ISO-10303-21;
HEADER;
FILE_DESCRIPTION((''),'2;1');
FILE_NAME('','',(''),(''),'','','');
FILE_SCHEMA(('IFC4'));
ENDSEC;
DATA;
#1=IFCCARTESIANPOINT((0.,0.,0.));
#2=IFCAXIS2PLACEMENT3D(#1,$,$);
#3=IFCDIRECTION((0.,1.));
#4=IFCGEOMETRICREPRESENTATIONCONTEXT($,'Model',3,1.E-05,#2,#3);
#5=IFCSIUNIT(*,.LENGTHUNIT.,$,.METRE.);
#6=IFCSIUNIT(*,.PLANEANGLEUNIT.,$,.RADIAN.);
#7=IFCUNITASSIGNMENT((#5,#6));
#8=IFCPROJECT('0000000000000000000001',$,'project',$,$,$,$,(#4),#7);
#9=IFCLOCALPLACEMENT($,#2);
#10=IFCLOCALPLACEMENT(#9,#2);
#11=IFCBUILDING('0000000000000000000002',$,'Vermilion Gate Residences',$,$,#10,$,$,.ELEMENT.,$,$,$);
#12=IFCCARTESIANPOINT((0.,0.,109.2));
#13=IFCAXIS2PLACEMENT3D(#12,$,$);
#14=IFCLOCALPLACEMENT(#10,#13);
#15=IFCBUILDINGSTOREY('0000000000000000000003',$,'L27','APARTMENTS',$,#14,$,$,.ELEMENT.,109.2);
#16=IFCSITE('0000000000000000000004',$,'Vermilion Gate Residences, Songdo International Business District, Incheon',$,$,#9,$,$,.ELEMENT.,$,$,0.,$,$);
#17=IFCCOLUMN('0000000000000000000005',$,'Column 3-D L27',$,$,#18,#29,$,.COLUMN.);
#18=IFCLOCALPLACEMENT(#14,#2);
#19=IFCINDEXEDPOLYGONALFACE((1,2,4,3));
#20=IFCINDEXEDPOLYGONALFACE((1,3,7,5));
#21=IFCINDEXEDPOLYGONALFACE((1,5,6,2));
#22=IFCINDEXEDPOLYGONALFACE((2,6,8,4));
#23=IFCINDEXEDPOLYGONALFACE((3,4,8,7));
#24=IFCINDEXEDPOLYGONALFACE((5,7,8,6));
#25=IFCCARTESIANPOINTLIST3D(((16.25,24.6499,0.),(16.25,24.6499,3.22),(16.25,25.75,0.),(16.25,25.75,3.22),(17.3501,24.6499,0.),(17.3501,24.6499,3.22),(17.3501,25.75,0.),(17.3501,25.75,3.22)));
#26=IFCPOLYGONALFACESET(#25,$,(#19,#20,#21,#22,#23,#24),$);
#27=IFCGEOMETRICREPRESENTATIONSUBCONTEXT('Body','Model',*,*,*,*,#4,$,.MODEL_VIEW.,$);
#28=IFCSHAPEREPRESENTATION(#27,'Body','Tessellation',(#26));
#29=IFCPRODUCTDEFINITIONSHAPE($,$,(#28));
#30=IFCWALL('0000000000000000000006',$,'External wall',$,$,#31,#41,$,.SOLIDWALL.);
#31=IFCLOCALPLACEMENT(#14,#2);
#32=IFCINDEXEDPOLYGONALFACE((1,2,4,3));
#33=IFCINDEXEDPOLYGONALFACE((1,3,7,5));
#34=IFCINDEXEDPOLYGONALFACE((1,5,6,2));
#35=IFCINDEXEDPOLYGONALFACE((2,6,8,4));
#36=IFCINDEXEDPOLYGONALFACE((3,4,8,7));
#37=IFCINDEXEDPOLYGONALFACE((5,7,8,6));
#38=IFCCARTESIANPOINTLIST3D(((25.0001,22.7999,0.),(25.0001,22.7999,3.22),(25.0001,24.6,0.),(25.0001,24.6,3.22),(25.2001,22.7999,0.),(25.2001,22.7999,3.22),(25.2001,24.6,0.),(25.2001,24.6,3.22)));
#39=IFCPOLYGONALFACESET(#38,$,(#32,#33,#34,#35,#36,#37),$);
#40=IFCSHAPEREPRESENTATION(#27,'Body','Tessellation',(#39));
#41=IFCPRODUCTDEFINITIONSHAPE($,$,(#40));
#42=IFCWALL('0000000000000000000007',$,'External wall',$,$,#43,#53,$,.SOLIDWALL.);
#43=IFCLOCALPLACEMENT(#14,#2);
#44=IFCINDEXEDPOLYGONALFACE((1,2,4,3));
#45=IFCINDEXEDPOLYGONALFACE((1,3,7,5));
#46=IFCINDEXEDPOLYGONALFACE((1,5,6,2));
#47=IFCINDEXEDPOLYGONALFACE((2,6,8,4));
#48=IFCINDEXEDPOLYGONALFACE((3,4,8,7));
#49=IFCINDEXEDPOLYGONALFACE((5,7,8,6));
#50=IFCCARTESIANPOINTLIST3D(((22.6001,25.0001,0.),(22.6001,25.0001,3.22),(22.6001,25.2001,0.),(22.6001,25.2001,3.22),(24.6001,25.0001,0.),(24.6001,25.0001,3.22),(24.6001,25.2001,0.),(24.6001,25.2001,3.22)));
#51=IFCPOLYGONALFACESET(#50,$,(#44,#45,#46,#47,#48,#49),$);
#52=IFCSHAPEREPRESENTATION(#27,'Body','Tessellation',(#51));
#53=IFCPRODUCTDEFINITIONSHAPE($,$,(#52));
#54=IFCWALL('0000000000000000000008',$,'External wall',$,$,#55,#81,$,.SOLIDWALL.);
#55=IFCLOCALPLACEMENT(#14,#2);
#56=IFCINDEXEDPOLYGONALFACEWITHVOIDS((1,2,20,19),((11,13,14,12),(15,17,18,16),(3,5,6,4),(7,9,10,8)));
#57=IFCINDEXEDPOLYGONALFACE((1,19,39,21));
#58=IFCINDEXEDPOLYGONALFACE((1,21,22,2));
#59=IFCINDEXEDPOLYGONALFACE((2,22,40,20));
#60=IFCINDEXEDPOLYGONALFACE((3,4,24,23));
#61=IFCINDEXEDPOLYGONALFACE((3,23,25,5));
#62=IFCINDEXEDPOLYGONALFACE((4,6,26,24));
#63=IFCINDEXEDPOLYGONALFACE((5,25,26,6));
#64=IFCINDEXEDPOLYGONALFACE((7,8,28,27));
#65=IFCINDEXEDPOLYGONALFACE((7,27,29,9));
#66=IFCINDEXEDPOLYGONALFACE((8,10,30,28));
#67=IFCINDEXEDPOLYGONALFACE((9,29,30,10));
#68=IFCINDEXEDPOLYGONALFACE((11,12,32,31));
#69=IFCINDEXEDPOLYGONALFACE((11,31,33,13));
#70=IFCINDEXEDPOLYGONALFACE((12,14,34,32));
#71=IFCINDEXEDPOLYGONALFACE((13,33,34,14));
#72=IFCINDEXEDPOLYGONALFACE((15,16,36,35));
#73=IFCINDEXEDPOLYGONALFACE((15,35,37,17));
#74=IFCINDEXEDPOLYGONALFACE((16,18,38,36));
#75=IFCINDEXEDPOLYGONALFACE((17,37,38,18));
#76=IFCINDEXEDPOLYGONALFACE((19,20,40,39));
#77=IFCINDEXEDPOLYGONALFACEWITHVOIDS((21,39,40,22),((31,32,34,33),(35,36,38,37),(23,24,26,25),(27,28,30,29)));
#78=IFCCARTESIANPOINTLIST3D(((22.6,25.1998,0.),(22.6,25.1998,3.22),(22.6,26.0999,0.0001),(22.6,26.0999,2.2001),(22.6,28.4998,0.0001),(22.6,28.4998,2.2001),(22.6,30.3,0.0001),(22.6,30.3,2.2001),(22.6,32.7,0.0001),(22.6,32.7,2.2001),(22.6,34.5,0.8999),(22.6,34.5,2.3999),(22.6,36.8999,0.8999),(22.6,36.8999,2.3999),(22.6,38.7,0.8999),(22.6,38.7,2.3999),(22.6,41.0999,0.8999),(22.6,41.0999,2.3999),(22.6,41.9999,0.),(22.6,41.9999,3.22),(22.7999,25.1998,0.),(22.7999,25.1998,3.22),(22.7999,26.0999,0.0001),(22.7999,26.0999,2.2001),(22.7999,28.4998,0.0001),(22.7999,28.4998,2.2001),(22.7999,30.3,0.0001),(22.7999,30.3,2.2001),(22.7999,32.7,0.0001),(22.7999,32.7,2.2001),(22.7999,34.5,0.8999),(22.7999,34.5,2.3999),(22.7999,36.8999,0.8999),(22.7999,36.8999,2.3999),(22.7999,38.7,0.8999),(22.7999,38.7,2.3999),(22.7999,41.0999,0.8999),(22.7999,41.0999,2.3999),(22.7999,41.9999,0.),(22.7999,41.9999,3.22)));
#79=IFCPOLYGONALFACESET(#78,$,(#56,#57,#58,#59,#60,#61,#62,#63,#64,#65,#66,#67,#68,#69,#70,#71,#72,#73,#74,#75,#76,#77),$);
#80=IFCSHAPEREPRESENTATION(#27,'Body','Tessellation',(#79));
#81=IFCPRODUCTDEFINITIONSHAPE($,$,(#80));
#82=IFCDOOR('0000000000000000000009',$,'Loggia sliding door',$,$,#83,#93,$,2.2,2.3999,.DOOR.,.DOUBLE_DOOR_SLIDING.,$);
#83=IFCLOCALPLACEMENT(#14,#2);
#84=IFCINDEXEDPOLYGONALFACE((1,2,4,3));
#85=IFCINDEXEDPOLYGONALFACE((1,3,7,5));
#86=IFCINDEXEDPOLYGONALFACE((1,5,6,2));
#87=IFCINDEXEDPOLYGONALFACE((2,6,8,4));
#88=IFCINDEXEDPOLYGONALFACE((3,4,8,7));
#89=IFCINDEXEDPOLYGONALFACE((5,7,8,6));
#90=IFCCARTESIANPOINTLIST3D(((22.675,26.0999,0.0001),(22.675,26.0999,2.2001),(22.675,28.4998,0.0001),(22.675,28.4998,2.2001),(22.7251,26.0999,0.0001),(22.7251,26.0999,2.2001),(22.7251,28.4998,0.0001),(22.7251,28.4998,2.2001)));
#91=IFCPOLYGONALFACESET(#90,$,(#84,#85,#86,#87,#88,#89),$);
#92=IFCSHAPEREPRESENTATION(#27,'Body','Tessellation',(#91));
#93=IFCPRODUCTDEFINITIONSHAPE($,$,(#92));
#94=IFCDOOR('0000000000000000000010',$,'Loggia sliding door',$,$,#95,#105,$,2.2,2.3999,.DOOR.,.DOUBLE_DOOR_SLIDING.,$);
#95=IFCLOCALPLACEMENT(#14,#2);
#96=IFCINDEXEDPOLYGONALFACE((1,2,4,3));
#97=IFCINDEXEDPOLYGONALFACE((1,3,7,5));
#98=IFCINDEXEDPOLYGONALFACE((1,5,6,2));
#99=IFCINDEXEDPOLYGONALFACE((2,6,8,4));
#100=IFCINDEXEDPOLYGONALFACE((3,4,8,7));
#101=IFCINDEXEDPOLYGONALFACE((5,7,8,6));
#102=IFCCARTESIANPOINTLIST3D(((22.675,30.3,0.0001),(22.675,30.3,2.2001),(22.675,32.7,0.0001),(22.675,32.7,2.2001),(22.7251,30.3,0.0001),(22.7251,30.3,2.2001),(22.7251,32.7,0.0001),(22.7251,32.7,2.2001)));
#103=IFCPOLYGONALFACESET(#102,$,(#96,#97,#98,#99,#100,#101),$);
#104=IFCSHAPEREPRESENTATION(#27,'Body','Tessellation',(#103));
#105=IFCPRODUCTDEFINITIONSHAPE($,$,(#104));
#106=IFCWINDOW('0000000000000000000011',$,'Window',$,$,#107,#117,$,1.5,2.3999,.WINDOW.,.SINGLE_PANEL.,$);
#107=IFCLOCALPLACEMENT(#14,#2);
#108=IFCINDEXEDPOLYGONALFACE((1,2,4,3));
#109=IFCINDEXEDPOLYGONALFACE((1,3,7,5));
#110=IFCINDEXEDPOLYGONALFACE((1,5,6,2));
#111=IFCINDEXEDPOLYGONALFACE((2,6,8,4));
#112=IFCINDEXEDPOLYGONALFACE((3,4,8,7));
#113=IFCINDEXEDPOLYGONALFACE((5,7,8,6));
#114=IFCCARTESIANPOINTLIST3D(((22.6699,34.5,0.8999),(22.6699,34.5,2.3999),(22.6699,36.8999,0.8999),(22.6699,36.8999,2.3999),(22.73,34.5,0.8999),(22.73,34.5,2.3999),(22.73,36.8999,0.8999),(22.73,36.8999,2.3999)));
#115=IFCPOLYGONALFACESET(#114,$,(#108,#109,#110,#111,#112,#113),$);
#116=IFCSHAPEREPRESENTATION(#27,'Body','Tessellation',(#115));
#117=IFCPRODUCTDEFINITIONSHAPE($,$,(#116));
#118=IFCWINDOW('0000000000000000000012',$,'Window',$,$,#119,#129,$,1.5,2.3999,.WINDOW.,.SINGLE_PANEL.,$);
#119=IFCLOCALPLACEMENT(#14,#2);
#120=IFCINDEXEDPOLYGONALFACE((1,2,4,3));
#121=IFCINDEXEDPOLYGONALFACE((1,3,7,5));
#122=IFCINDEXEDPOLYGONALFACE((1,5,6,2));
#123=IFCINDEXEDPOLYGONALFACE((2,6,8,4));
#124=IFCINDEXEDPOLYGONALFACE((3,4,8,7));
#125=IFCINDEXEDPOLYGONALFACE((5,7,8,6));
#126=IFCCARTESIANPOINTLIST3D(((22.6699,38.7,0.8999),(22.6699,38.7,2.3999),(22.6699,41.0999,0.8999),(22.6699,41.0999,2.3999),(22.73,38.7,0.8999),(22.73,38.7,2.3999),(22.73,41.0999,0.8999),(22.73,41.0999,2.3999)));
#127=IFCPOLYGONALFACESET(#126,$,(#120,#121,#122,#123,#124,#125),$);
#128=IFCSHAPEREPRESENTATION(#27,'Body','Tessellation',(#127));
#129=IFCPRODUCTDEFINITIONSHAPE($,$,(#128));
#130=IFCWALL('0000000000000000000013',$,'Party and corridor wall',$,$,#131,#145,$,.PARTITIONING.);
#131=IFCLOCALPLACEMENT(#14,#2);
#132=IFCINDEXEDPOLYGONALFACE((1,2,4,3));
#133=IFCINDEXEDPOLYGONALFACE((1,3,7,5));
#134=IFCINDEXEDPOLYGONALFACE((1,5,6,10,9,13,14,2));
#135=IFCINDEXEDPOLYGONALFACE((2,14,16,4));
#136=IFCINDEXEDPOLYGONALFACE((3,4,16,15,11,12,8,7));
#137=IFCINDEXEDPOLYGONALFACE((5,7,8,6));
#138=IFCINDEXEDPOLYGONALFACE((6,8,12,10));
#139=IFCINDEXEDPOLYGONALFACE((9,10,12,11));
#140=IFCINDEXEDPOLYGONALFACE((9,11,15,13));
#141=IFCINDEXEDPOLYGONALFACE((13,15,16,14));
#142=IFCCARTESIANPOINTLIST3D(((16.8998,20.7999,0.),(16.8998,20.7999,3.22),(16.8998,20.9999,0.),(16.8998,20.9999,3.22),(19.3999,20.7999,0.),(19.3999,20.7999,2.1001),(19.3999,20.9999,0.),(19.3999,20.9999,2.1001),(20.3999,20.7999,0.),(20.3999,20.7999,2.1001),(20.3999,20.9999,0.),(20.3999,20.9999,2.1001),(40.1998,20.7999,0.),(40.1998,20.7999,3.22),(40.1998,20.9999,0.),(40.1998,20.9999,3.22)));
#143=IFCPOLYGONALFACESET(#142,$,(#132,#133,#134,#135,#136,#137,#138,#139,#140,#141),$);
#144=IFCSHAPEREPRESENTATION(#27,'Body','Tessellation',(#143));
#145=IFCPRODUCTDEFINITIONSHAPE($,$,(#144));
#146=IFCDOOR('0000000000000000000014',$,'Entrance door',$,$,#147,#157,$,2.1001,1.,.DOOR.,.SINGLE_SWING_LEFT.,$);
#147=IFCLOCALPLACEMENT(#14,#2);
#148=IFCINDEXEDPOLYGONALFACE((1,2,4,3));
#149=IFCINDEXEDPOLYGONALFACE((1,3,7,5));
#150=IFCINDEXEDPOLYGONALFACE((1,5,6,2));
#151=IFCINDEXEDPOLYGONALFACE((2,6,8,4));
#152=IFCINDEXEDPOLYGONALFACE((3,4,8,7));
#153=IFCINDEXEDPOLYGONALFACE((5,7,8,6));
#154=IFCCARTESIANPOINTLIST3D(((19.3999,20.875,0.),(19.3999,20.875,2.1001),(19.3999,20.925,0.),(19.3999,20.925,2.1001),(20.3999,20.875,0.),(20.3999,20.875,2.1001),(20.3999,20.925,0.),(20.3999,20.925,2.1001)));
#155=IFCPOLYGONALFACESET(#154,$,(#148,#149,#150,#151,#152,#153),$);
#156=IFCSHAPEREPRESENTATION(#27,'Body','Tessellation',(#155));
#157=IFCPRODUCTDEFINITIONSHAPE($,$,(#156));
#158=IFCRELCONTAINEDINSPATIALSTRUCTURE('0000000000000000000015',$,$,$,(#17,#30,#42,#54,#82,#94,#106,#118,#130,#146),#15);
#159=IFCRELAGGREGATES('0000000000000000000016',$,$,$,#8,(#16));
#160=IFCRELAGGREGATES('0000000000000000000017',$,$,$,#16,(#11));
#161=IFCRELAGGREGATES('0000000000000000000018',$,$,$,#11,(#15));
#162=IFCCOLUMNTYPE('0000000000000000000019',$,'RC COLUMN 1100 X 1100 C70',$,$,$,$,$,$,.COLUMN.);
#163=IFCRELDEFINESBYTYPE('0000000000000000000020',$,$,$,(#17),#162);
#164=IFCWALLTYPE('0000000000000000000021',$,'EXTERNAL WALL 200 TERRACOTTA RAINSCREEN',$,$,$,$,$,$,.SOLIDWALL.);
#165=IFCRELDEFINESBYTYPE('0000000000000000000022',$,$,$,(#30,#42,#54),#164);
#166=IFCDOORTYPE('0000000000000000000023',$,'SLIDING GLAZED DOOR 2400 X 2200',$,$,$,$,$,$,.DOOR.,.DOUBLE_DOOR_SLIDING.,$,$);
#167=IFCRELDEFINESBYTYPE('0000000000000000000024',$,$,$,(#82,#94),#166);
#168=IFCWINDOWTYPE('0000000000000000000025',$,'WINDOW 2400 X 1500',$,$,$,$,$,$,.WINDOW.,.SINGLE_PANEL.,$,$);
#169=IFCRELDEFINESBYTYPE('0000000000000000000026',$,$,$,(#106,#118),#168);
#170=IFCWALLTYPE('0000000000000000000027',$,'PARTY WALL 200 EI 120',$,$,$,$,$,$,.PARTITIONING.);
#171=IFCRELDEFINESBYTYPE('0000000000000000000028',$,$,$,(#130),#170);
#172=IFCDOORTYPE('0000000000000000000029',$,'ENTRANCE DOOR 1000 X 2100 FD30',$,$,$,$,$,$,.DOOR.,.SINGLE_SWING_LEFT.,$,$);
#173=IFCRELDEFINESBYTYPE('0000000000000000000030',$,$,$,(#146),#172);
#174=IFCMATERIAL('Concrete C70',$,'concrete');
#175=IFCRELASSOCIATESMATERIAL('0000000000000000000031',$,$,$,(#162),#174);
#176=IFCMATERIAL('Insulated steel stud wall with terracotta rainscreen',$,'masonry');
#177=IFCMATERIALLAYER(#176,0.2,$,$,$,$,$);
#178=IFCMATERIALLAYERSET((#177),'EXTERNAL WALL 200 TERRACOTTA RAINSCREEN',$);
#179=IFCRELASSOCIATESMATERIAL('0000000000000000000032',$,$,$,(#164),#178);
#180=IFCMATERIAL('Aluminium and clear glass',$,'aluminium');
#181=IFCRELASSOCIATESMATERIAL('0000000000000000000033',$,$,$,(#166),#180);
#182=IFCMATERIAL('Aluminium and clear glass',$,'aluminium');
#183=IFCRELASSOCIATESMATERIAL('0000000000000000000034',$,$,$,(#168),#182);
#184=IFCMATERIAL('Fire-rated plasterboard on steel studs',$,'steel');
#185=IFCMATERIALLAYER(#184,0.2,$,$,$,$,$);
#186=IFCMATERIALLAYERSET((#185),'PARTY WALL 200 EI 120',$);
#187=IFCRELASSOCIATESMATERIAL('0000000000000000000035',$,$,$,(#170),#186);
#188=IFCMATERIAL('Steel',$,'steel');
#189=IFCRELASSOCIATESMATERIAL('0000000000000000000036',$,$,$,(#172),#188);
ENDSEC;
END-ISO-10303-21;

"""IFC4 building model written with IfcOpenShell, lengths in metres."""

from ifc_helpers import new_model, si_unit, direction, frame, frame_2d, origin, origin_2d, place, context, subcontext, project, spatial, rectangle, extrude, material, layer, layer_set, material_profile, profile_set, type_object, element, fill, save


model = new_model("IFC4")

# Units and contexts
model_context = context("Model", 3, precision=1e-05, world=origin(), true_north=direction((0.0, 1.0)))
body_context = subcontext(model_context, "Body", "Model", "MODEL_VIEW")
ifc_project = project(units=[si_unit("LENGTHUNIT", "METRE"), si_unit("PLANEANGLEUNIT", "RADIAN")], contexts=[model_context])

# Site, building, storey
site_placement = place(None, origin())
site = spatial("IfcSite", under=ifc_project, at=site_placement, Name="Vermilion Gate Residences, Songdo International Business District, Incheon", CompositionType="ELEMENT", RefElevation=0.0)
building_placement = place(site_placement, origin())
building = spatial("IfcBuilding", under=site, at=building_placement, Name="Vermilion Gate Residences", CompositionType="ELEMENT")
storey_placement = place(building_placement, frame((0.0, 0.0, 109.2)))
storey = spatial("IfcBuildingStorey", under=building, at=storey_placement, Name="L27", Description="APARTMENTS", CompositionType="ELEMENT", Elevation=109.2)

# Column
ifc_material_1 = material(Name="Concrete C70", Category="concrete")
ifc_material_profile = material_profile(ifc_material_1, rectangle(XDim=1.1001, YDim=1.1001, at=origin_2d()), Name="RC-1100x1100")
ifc_profile_set = profile_set([ifc_material_profile], Name="Concrete C70")
column_type = type_object("IfcColumnType", Name="RC COLUMN 1100 X 1100 C70", PredefinedType="COLUMN", material=ifc_profile_set)
column_placement = place(storey_placement, frame((16.8, 25.2, 0.0), z_axis=(0.0, 0.0, 1.0), x_axis=(1.0, 0.0, 0.0)))
element("IfcColumn", 1, at=column_placement, inside=storey, type_object=column_type, Name="Column 3-D L27", PredefinedType="COLUMN", context=body_context, shape_type="SweptSolid", body=[
    extrude(rectangle(XDim=1.1001, YDim=1.1001, at=origin_2d()), origin(), (0.0, 0.0, 1.0), 3.22),
])

# Walls
ifc_material_2 = material(Name="Insulated steel stud wall with terracotta rainscreen", Category="masonry")
ifc_layer_1 = layer(ifc_material_2, 0.2)
ifc_layer_set_1 = layer_set([ifc_layer_1], Name="EXTERNAL WALL 200 TERRACOTTA RAINSCREEN")
wall_type_1 = type_object("IfcWallType", Name="EXTERNAL WALL 200 TERRACOTTA RAINSCREEN", PredefinedType="SOLIDWALL", material=ifc_layer_set_1)
wall_1_placement = place(storey_placement, frame((25.1001, 22.8, 0.0), z_axis=(0.0, 0.0, 1.0), x_axis=(0.0, 1.0, 0.0)))
element("IfcWall", 2, at=wall_1_placement, inside=storey, type_object=wall_type_1, Name="External wall", PredefinedType="SOLIDWALL", context=body_context, shape_type="SweptSolid", body=[
    extrude(rectangle(XDim=1.8, YDim=0.2, at=frame_2d((0.8999, 0.0))), origin(), (0.0, 0.0, 1.0), 3.22),
])
wall_2_placement = place(storey_placement, frame((24.6001, 25.1001, 0.0), z_axis=(0.0, 0.0, 1.0), x_axis=(-1.0, 0.0, 0.0)))
element("IfcWall", 3, at=wall_2_placement, inside=storey, type_object=wall_type_1, Name="External wall", PredefinedType="SOLIDWALL", context=body_context, shape_type="SweptSolid", body=[
    extrude(rectangle(XDim=2.0, YDim=0.2, at=frame_2d((1.0, 0.0))), origin(), (0.0, 0.0, 1.0), 3.22),
])

# Wall, openings, doors, windows
wall_3_placement = place(storey_placement, frame((22.7, 25.2, 0.0), z_axis=(0.0, 0.0, 1.0), x_axis=(0.0, 1.0, 0.0)))
wall_3 = element("IfcWall", 4, at=wall_3_placement, inside=storey, type_object=wall_type_1, Name="External wall", PredefinedType="SOLIDWALL", context=body_context, shape_type="SweptSolid", body=[
    extrude(rectangle(XDim=16.8, YDim=0.2, at=frame_2d((8.3999, 0.0))), origin(), (0.0, 0.0, 1.0), 3.22),
])
opening_1_placement = place(wall_3_placement, frame((0.8999, 0.0, 0.0)))
opening_1 = element("IfcOpeningElement", 5, at=opening_1_placement, cuts=wall_3, PredefinedType="OPENING", context=body_context, shape_type="SweptSolid", body=[
    extrude(rectangle(XDim=2.3999, YDim=2.2, at=frame_2d((1.2, 1.1001))), frame((0.0, 0.1099, 0.0), z_axis=(0.0, -1.0, 0.0), x_axis=(1.0, 0.0, 0.0)), (0.0, 0.0, 1.0), 0.22),
])
opening_2_placement = place(wall_3_placement, frame((5.1001, 0.0, 0.0)))
opening_2 = element("IfcOpeningElement", 6, at=opening_2_placement, cuts=wall_3, PredefinedType="OPENING", context=body_context, shape_type="SweptSolid", body=[
    extrude(rectangle(XDim=2.3999, YDim=2.2, at=frame_2d((1.2, 1.1001))), frame((0.0, 0.1099, 0.0), z_axis=(0.0, -1.0, 0.0), x_axis=(1.0, 0.0, 0.0)), (0.0, 0.0, 1.0), 0.22),
])
opening_3_placement = place(wall_3_placement, frame((9.3, 0.0, 0.8999)))
opening_3 = element("IfcOpeningElement", 7, at=opening_3_placement, cuts=wall_3, PredefinedType="OPENING", context=body_context, shape_type="SweptSolid", body=[
    extrude(rectangle(XDim=2.3999, YDim=1.5, at=frame_2d((1.2, 0.75))), frame((0.0, 0.1099, 0.0), z_axis=(0.0, -1.0, 0.0), x_axis=(1.0, 0.0, 0.0)), (0.0, 0.0, 1.0), 0.22),
])
opening_4_placement = place(wall_3_placement, frame((13.5, 0.0, 0.8999)))
opening_4 = element("IfcOpeningElement", 8, at=opening_4_placement, cuts=wall_3, PredefinedType="OPENING", context=body_context, shape_type="SweptSolid", body=[
    extrude(rectangle(XDim=2.3999, YDim=1.5, at=frame_2d((1.2, 0.75))), frame((0.0, 0.1099, 0.0), z_axis=(0.0, -1.0, 0.0), x_axis=(1.0, 0.0, 0.0)), (0.0, 0.0, 1.0), 0.22),
])
ifc_material_3 = material(Name="Aluminium and clear glass", Category="aluminium")
door_type_1 = type_object("IfcDoorType", Name="SLIDING GLAZED DOOR 2400 X 2200", OperationType="DOUBLE_DOOR_SLIDING", PredefinedType="DOOR", material=ifc_material_3)
door_1_placement = place(opening_1_placement, origin())
door_1 = element("IfcDoor", 9, at=door_1_placement, inside=storey, type_object=door_type_1, Name="Loggia sliding door", OperationType="DOUBLE_DOOR_SLIDING", OverallHeight=2.2, OverallWidth=2.3999, PredefinedType="DOOR", context=body_context, shape_type="SweptSolid", body=[
    extrude(rectangle(XDim=2.3999, YDim=2.2, at=frame_2d((1.2, 1.1001))), frame((0.0, 0.0249, 0.0), z_axis=(0.0, -1.0, 0.0), x_axis=(1.0, 0.0, 0.0)), (0.0, 0.0, 1.0), 0.05),
])
fill(opening_1, door_1)
door_2_placement = place(opening_2_placement, origin())
door_2 = element("IfcDoor", 10, at=door_2_placement, inside=storey, type_object=door_type_1, Name="Loggia sliding door", OperationType="DOUBLE_DOOR_SLIDING", OverallHeight=2.2, OverallWidth=2.3999, PredefinedType="DOOR", context=body_context, shape_type="SweptSolid", body=[
    extrude(rectangle(XDim=2.3999, YDim=2.2, at=frame_2d((1.2, 1.1001))), frame((0.0, 0.0249, 0.0), z_axis=(0.0, -1.0, 0.0), x_axis=(1.0, 0.0, 0.0)), (0.0, 0.0, 1.0), 0.05),
])
fill(opening_2, door_2)
ifc_material_4 = material(Name="Aluminium and clear glass", Category="aluminium")
window_type = type_object("IfcWindowType", Name="WINDOW 2400 X 1500", PartitioningType="SINGLE_PANEL", PredefinedType="WINDOW", material=ifc_material_4)
window_1_placement = place(opening_3_placement, origin())
window_1 = element("IfcWindow", 11, at=window_1_placement, inside=storey, type_object=window_type, Name="Window", OverallHeight=1.5, OverallWidth=2.3999, PartitioningType="SINGLE_PANEL", PredefinedType="WINDOW", context=body_context, shape_type="SweptSolid", body=[
    extrude(rectangle(XDim=2.3999, YDim=1.5, at=frame_2d((1.2, 0.75))), frame((0.0, 0.03, 0.0), z_axis=(0.0, -1.0, 0.0), x_axis=(1.0, 0.0, 0.0)), (0.0, 0.0, 1.0), 0.0601),
])
fill(opening_3, window_1)
window_2_placement = place(opening_4_placement, origin())
window_2 = element("IfcWindow", 12, at=window_2_placement, inside=storey, type_object=window_type, Name="Window", OverallHeight=1.5, OverallWidth=2.3999, PartitioningType="SINGLE_PANEL", PredefinedType="WINDOW", context=body_context, shape_type="SweptSolid", body=[
    extrude(rectangle(XDim=2.3999, YDim=1.5, at=frame_2d((1.2, 0.75))), frame((0.0, 0.03, 0.0), z_axis=(0.0, -1.0, 0.0), x_axis=(1.0, 0.0, 0.0)), (0.0, 0.0, 1.0), 0.0601),
])
fill(opening_4, window_2)

# Wall, opening, door
ifc_material_5 = material(Name="Fire-rated plasterboard on steel studs", Category="steel")
ifc_layer_2 = layer(ifc_material_5, 0.2)
ifc_layer_set_2 = layer_set([ifc_layer_2], Name="PARTY WALL 200 EI 120")
wall_type_2 = type_object("IfcWallType", Name="PARTY WALL 200 EI 120", PredefinedType="PARTITIONING", material=ifc_layer_set_2)
wall_4_placement = place(storey_placement, frame((16.8999, 20.8999, 0.0), z_axis=(0.0, 0.0, 1.0), x_axis=(1.0, 0.0, 0.0)))
wall_4 = element("IfcWall", 13, at=wall_4_placement, inside=storey, type_object=wall_type_2, Name="Party and corridor wall", PredefinedType="PARTITIONING", context=body_context, shape_type="SweptSolid", body=[
    extrude(rectangle(XDim=23.3, YDim=0.2, at=frame_2d((11.6499, 0.0))), origin(), (0.0, 0.0, 1.0), 3.22),
])
opening_5_placement = place(wall_4_placement, frame((2.5, 0.0, 0.0)))
opening_5 = element("IfcOpeningElement", 14, at=opening_5_placement, cuts=wall_4, PredefinedType="OPENING", context=body_context, shape_type="SweptSolid", body=[
    extrude(rectangle(XDim=1.0, YDim=2.1001, at=frame_2d((0.5, 1.05))), frame((0.0, 0.1099, 0.0), z_axis=(0.0, -1.0, 0.0), x_axis=(1.0, 0.0, 0.0)), (0.0, 0.0, 1.0), 0.22),
])
ifc_material_6 = material(Name="Steel", Category="steel")
door_type_2 = type_object("IfcDoorType", Name="ENTRANCE DOOR 1000 X 2100 FD30", OperationType="SINGLE_SWING_LEFT", PredefinedType="DOOR", material=ifc_material_6)
door_3_placement = place(opening_5_placement, frame((1.0, 0.0, 0.0), z_axis=(0.0, 0.0, 1.0), x_axis=(-1.0, 0.0, 0.0)))
door_3 = element("IfcDoor", 15, at=door_3_placement, inside=storey, type_object=door_type_2, Name="Entrance door", OperationType="SINGLE_SWING_LEFT", OverallHeight=2.1001, OverallWidth=1.0, PredefinedType="DOOR", context=body_context, shape_type="SweptSolid", body=[
    extrude(rectangle(XDim=1.0, YDim=2.1001, at=frame_2d((0.5, 1.05))), frame((0.0, 0.0249, 0.0), z_axis=(0.0, -1.0, 0.0), x_axis=(1.0, 0.0, 0.0)), (0.0, 0.0, 1.0), 0.05),
])
fill(opening_5, door_3)

save(model, "model.ifc")
